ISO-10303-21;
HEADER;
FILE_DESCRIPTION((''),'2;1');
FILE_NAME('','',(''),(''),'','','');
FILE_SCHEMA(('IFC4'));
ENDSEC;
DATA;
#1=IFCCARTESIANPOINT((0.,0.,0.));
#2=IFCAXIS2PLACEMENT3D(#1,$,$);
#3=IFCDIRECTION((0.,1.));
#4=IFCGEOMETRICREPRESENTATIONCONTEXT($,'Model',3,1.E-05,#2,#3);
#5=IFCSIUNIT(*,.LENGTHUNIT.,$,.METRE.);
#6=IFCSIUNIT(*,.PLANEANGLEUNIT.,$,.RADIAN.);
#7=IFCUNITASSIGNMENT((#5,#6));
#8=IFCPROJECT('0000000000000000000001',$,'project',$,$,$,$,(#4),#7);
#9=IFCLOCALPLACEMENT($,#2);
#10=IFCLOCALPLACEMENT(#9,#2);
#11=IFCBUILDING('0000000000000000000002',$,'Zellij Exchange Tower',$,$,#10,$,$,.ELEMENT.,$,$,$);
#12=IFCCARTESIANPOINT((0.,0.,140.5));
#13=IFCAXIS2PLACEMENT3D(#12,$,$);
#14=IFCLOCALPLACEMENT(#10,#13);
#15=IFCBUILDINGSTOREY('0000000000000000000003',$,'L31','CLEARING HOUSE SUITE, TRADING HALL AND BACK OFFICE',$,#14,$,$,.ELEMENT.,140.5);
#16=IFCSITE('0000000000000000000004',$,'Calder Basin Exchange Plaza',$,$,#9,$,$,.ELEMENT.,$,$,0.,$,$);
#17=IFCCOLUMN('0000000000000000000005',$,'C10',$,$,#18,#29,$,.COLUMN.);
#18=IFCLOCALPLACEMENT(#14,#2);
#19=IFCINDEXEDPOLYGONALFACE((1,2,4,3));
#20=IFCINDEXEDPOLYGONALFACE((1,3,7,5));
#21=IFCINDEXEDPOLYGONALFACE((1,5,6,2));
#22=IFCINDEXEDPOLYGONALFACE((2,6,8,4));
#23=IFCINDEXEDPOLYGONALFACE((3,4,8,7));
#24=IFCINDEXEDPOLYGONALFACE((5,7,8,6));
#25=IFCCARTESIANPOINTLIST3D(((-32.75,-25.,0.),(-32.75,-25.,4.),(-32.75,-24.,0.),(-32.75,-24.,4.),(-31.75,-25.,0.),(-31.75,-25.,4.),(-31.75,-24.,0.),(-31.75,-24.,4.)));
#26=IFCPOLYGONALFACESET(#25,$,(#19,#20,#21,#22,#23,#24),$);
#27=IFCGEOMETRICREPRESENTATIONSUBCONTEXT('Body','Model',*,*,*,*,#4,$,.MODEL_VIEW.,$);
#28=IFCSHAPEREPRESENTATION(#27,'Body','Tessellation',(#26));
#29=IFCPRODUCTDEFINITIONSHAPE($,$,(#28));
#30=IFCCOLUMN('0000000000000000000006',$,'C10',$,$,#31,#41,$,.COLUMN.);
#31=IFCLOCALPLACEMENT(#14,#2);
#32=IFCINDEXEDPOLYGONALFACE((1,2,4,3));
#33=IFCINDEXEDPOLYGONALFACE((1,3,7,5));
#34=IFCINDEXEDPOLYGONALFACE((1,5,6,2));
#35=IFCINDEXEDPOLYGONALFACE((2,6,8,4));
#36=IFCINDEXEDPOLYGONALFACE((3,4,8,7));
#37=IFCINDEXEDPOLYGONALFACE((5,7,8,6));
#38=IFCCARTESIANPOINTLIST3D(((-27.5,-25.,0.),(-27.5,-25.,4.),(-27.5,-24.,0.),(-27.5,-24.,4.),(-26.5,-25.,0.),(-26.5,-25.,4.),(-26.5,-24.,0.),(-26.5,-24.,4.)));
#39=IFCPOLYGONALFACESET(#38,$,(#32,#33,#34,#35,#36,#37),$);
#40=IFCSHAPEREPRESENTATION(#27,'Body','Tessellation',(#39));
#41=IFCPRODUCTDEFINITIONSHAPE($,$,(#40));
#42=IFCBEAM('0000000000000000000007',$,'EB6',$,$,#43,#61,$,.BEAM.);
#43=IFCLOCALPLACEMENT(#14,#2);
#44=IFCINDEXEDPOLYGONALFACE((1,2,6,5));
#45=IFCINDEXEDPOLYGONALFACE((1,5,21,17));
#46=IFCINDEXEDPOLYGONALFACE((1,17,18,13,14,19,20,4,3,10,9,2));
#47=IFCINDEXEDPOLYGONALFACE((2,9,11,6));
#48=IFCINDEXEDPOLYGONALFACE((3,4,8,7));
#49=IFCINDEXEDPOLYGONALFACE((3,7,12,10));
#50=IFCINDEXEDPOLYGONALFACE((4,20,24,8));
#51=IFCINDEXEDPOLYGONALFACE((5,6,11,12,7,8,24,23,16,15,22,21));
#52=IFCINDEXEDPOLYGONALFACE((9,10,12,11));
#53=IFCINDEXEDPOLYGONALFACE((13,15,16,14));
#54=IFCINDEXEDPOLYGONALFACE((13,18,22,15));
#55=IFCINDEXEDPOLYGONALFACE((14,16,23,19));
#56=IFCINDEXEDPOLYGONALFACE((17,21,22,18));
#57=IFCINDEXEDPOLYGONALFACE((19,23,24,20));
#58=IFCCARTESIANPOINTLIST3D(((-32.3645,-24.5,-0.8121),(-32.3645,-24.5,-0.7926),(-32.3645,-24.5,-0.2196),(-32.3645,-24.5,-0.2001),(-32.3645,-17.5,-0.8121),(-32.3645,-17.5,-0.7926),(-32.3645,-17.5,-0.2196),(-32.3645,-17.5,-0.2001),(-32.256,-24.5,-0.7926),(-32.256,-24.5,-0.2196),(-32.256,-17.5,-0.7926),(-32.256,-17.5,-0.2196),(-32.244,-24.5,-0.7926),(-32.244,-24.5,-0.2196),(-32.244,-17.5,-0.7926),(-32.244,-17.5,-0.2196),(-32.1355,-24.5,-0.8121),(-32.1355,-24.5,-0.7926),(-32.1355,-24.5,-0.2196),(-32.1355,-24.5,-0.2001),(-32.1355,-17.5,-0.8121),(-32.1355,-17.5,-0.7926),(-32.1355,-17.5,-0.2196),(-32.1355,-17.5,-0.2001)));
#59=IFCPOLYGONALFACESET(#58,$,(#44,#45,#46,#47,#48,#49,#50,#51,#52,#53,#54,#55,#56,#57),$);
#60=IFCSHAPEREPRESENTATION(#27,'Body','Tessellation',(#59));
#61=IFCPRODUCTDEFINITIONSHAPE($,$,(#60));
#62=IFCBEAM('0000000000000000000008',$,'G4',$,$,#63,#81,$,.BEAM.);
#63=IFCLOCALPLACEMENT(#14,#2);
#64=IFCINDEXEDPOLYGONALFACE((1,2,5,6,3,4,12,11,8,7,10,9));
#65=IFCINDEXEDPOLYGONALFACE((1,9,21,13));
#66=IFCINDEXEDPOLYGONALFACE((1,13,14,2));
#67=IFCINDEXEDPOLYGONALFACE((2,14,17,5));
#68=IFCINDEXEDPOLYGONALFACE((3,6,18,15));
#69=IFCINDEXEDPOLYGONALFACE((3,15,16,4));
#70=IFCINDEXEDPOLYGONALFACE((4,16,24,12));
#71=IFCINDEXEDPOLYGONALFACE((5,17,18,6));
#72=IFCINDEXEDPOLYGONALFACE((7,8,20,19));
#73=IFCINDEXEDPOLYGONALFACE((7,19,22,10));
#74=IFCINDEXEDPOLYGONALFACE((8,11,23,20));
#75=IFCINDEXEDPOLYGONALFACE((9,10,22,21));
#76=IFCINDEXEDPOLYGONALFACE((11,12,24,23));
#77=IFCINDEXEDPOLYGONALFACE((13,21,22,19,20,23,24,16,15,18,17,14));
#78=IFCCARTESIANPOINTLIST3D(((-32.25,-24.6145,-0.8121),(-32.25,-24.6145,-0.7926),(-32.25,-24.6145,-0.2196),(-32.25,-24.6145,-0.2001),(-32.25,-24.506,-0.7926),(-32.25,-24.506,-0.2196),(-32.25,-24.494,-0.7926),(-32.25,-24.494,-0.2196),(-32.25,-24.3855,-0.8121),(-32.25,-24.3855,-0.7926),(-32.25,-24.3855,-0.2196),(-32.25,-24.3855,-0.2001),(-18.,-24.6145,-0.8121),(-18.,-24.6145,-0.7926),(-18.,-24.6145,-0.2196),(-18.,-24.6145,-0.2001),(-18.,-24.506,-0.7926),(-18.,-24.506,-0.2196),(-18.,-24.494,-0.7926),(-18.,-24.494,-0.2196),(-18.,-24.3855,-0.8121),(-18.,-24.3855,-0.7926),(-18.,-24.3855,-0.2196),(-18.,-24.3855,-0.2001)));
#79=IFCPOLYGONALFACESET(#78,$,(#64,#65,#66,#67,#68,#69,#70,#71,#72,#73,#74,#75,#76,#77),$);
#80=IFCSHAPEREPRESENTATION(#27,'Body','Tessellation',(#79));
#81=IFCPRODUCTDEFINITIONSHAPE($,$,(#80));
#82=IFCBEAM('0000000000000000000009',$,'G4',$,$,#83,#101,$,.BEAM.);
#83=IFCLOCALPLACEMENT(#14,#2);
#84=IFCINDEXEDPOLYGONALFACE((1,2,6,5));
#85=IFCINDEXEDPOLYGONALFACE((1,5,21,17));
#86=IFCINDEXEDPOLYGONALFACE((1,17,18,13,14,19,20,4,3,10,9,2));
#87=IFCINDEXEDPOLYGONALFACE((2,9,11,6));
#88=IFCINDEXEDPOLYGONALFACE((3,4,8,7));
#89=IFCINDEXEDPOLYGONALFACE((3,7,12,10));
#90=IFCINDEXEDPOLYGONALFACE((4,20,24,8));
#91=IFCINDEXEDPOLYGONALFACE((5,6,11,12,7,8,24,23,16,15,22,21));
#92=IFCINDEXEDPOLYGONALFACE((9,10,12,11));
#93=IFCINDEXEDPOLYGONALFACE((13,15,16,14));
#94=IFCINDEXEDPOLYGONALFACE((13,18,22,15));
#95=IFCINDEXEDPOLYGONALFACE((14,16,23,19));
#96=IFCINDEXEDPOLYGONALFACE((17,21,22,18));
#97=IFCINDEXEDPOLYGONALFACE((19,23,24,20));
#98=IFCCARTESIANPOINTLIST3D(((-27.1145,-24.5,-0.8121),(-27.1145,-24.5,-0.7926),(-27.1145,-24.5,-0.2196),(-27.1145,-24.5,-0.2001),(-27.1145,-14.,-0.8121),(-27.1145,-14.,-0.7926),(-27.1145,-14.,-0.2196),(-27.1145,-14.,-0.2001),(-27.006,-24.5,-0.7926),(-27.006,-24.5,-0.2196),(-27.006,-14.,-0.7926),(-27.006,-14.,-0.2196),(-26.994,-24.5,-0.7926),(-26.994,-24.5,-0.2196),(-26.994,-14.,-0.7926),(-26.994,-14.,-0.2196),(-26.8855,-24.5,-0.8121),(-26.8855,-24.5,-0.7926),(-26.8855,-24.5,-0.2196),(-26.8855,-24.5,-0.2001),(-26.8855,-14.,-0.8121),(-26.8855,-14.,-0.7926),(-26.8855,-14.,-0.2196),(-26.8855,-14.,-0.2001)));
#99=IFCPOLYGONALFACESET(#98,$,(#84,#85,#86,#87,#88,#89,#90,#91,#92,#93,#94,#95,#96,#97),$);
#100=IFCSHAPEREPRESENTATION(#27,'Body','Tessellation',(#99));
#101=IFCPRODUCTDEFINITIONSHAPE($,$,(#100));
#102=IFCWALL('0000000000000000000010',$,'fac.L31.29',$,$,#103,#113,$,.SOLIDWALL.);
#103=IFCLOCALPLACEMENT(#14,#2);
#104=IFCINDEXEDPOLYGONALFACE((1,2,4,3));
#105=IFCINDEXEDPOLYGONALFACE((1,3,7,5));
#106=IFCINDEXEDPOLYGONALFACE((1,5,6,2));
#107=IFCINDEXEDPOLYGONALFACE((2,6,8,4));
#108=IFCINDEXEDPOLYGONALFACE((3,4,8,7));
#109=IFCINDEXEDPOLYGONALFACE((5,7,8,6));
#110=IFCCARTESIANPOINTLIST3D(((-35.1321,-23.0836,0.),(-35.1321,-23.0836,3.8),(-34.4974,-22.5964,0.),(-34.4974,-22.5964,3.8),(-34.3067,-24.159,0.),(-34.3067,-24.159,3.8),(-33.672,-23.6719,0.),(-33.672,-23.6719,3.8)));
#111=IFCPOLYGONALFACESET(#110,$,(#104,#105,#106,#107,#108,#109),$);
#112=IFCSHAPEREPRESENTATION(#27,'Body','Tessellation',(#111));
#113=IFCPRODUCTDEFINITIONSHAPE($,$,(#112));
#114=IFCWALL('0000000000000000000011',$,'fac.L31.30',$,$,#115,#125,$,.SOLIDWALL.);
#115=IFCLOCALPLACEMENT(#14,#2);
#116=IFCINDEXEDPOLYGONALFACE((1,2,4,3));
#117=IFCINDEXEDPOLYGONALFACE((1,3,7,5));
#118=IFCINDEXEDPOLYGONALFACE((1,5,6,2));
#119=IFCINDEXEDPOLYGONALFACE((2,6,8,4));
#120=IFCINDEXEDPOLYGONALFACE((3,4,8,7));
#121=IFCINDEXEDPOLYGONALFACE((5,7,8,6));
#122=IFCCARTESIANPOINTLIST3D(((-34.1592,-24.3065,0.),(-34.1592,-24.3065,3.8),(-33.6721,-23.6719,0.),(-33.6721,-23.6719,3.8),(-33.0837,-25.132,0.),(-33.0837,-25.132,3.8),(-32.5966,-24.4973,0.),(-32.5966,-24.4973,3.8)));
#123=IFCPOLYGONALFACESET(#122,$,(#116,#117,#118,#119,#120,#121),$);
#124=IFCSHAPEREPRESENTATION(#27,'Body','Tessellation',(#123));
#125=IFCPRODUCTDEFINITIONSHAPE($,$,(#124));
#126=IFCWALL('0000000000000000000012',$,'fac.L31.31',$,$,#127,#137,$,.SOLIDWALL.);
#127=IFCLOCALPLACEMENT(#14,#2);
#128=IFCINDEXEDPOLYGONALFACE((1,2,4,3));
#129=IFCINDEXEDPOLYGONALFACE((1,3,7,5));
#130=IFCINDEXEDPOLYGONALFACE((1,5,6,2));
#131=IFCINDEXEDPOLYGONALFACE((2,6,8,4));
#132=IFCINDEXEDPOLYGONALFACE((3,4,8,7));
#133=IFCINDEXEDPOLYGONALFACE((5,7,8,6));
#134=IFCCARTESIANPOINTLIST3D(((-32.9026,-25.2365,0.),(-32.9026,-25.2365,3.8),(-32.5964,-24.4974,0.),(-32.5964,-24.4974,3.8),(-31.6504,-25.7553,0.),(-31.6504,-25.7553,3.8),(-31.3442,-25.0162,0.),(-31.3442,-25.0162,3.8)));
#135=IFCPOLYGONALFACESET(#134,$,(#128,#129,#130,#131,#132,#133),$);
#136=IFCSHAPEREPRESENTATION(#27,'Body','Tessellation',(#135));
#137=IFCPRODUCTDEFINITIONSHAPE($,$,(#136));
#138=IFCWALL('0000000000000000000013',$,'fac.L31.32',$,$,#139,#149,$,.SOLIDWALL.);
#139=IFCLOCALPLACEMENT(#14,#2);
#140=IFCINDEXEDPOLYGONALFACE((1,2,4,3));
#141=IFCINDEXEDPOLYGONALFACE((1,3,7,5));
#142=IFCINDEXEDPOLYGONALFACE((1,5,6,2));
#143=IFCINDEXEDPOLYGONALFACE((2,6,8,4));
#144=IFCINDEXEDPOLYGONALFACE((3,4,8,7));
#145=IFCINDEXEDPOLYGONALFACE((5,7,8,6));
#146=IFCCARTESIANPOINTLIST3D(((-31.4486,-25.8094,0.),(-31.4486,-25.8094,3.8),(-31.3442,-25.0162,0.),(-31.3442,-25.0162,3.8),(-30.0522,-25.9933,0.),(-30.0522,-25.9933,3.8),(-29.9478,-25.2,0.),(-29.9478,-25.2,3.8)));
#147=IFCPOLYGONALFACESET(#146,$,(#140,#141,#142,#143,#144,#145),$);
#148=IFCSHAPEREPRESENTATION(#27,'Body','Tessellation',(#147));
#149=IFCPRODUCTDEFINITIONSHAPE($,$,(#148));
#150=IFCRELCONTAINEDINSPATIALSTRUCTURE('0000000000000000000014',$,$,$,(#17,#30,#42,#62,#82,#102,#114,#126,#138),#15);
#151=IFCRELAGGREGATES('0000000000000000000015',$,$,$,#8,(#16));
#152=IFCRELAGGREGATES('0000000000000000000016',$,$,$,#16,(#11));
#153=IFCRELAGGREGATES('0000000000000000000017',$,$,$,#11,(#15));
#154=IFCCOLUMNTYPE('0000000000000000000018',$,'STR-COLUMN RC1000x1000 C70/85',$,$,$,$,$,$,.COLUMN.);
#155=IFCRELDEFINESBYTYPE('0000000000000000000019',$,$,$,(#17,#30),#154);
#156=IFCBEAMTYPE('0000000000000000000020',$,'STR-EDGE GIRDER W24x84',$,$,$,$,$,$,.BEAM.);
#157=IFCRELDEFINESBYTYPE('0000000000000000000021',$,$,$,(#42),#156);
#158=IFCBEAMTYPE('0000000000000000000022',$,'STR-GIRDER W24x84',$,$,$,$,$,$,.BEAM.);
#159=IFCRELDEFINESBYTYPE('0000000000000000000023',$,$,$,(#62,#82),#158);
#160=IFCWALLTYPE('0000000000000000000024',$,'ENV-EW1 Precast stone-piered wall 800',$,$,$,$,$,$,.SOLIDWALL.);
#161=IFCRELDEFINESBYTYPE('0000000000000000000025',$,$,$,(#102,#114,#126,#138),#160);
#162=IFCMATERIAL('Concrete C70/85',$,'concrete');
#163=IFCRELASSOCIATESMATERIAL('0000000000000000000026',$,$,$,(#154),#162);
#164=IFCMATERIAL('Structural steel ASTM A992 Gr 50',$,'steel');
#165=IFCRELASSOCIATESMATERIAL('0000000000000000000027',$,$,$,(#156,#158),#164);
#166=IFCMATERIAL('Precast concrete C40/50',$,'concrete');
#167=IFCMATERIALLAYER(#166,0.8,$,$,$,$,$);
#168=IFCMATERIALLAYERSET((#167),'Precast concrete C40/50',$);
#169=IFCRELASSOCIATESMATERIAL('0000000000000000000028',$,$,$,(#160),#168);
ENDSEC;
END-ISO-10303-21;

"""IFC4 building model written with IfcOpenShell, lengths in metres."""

from ifc_helpers import new_model, si_unit, direction, frame, frame_2d, origin, origin_2d, place, context, subcontext, project, spatial, rectangle, i_section, extrude, material, layer, layer_set, material_profile, profile_set, type_object, element, save


model = new_model("IFC4")

# Units and contexts
model_context = context("Model", 3, precision=1e-05, world=origin(), true_north=direction((0.0, 1.0)))
body_context = subcontext(model_context, "Body", "Model", "MODEL_VIEW")
ifc_project = project(units=[si_unit("LENGTHUNIT", "METRE"), si_unit("PLANEANGLEUNIT", "RADIAN")], contexts=[model_context])

# Site, building, storey
site_placement = place(None, origin())
site = spatial("IfcSite", under=ifc_project, at=site_placement, Name="Calder Basin Exchange Plaza", CompositionType="ELEMENT", RefElevation=0.0)
building_placement = place(site_placement, origin())
building = spatial("IfcBuilding", under=site, at=building_placement, Name="Zellij Exchange Tower", CompositionType="ELEMENT")
storey_placement = place(building_placement, frame((0.0, 0.0, 140.5)))
storey = spatial("IfcBuildingStorey", under=building, at=storey_placement, Name="L31", Description="CLEARING HOUSE SUITE, TRADING HALL AND BACK OFFICE", CompositionType="ELEMENT", Elevation=140.5)

# Columns
ifc_material_1 = material(Name="Concrete C70/85", Category="concrete")
ifc_material_profile_1 = material_profile(ifc_material_1, rectangle(XDim=1.0, YDim=1.0, at=origin_2d()), Name="STR-COLUMN RC1000x1000 C70/85")
ifc_profile_set_1 = profile_set([ifc_material_profile_1], Name="Concrete C70/85")
column_type = type_object("IfcColumnType", Name="STR-COLUMN RC1000x1000 C70/85", PredefinedType="COLUMN", material=ifc_profile_set_1)
for number, where, z_axis, x_axis, name in (
    (1, (-32.25, -24.5, 0.0), (0.0, 0.0, 1.0), (1.0, 0.0, 0.0), "C10"),
    (2, (-27.0, -24.5, 0.0), (0.0, 0.0, 1.0), (1.0, 0.0, 0.0), "C10"),
):
    element("IfcColumn", number, at=place(storey_placement, frame(where, z_axis=z_axis, x_axis=x_axis)), inside=storey, type_object=column_type, Name=name, PredefinedType="COLUMN", context=body_context, shape_type="SweptSolid", body=[
        extrude(rectangle(XDim=1.0, YDim=1.0, at=origin_2d()), origin(), (0.0, 0.0, 1.0), 4.0),
    ])

# Beams
ifc_material_2 = material(Name="Structural steel ASTM A992 Gr 50", Category="steel")
ifc_material_profile_2 = material_profile(ifc_material_2, i_section(OverallWidth=0.229, OverallDepth=0.6121, WebThickness=0.012, FlangeThickness=0.0195, at=origin_2d()), Name="W24x84")
ifc_profile_set_2 = profile_set([ifc_material_profile_2], Name="Structural steel ASTM A992 Gr 50")
beam_type_1 = type_object("IfcBeamType", Name="STR-EDGE GIRDER W24x84", PredefinedType="BEAM", material=ifc_profile_set_2)
beam_1_placement = place(storey_placement, frame((-32.25, -24.5, -0.5061), z_axis=(0.0, 1.0, 0.0), x_axis=(-1.0, 0.0, 0.0)))
element("IfcBeam", 3, at=beam_1_placement, inside=storey, type_object=beam_type_1, Name="EB6", PredefinedType="BEAM", context=body_context, shape_type="SweptSolid", body=[
    extrude(i_section(OverallWidth=0.229, OverallDepth=0.6121, WebThickness=0.012, FlangeThickness=0.0195, at=origin_2d()), origin(), (0.0, 0.0, 1.0), 7.0),
])
ifc_material_profile_3 = material_profile(ifc_material_2, i_section(OverallWidth=0.229, OverallDepth=0.6121, WebThickness=0.012, FlangeThickness=0.0195, at=origin_2d()), Name="W24x84")
ifc_profile_set_3 = profile_set([ifc_material_profile_3], Name="Structural steel ASTM A992 Gr 50")
beam_type_2 = type_object("IfcBeamType", Name="STR-GIRDER W24x84", PredefinedType="BEAM", material=ifc_profile_set_3)
beam_2_placement = place(storey_placement, frame((-32.25, -24.5, -0.5061), z_axis=(1.0, 0.0, 0.0), x_axis=(0.0, 1.0, 0.0)))
element("IfcBeam", 4, at=beam_2_placement, inside=storey, type_object=beam_type_2, Name="G4", PredefinedType="BEAM", context=body_context, shape_type="SweptSolid", body=[
    extrude(i_section(OverallWidth=0.229, OverallDepth=0.6121, WebThickness=0.012, FlangeThickness=0.0195, at=origin_2d()), origin(), (0.0, 0.0, 1.0), 14.25),
])
beam_3_placement = place(storey_placement, frame((-27.0, -24.5, -0.5061), z_axis=(0.0, 1.0, 0.0), x_axis=(-1.0, 0.0, 0.0)))
element("IfcBeam", 5, at=beam_3_placement, inside=storey, type_object=beam_type_2, Name="G4", PredefinedType="BEAM", context=body_context, shape_type="SweptSolid", body=[
    extrude(i_section(OverallWidth=0.229, OverallDepth=0.6121, WebThickness=0.012, FlangeThickness=0.0195, at=origin_2d()), origin(), (0.0, 0.0, 1.0), 10.5),
])

# Shared definitions
ifc_material_3 = material(Name="Precast concrete C40/50", Category="concrete")
ifc_layer = layer(ifc_material_3, 0.8)
ifc_layer_set = layer_set([ifc_layer], Name="Precast concrete C40/50")
wall_type = type_object("IfcWallType", Name="ENV-EW1 Precast stone-piered wall 800", PredefinedType="SOLIDWALL", material=ifc_layer_set)

# Walls
for number, where, z_axis, x_axis, name in (
    (6, (-34.8147, -22.8401, 0.0), (0.0, 0.0, 1.0), (0.608866, -0.793273, 0.0), "fac.L31.29"),
    (7, (-33.9155, -23.9893, 0.0), (0.0, 0.0, 1.0), (0.793273, -0.608866, 0.0), "fac.L31.30"),
):
    element("IfcWall", number, at=place(storey_placement, frame(where, z_axis=z_axis, x_axis=x_axis)), inside=storey, type_object=wall_type, Name=name, PredefinedType="SOLIDWALL", context=body_context, shape_type="SweptSolid", body=[
        extrude(rectangle(XDim=1.3557, YDim=0.8, at=frame_2d((0.6777, 0.0))), origin(), (0.0, 0.0, 1.0), 3.8),
    ])
wall_1_placement = place(storey_placement, frame((-32.7495, -24.8669, 0.0), z_axis=(0.0, 0.0, 1.0), x_axis=(0.923848, -0.38276, 0.0)))
element("IfcWall", 8, at=wall_1_placement, inside=storey, type_object=wall_type, Name="fac.L31.31", PredefinedType="SOLIDWALL", context=body_context, shape_type="SweptSolid", body=[
    extrude(rectangle(XDim=1.3555, YDim=0.8, at=frame_2d((0.6777, 0.0))), origin(), (0.0, 0.0, 1.0), 3.8),
])
wall_2_placement = place(storey_placement, frame((-31.3962, -25.4128, 0.0), z_axis=(0.0, 0.0, 1.0), x_axis=(0.991446, -0.130517, 0.0)))
element("IfcWall", 9, at=wall_2_placement, inside=storey, type_object=wall_type, Name="fac.L31.32", PredefinedType="SOLIDWALL", context=body_context, shape_type="SweptSolid", body=[
    extrude(rectangle(XDim=1.4084, YDim=0.8, at=frame_2d((0.7041, 0.0))), origin(), (0.0, 0.0, 1.0), 3.8),
])

save(model, "model.ifc")
